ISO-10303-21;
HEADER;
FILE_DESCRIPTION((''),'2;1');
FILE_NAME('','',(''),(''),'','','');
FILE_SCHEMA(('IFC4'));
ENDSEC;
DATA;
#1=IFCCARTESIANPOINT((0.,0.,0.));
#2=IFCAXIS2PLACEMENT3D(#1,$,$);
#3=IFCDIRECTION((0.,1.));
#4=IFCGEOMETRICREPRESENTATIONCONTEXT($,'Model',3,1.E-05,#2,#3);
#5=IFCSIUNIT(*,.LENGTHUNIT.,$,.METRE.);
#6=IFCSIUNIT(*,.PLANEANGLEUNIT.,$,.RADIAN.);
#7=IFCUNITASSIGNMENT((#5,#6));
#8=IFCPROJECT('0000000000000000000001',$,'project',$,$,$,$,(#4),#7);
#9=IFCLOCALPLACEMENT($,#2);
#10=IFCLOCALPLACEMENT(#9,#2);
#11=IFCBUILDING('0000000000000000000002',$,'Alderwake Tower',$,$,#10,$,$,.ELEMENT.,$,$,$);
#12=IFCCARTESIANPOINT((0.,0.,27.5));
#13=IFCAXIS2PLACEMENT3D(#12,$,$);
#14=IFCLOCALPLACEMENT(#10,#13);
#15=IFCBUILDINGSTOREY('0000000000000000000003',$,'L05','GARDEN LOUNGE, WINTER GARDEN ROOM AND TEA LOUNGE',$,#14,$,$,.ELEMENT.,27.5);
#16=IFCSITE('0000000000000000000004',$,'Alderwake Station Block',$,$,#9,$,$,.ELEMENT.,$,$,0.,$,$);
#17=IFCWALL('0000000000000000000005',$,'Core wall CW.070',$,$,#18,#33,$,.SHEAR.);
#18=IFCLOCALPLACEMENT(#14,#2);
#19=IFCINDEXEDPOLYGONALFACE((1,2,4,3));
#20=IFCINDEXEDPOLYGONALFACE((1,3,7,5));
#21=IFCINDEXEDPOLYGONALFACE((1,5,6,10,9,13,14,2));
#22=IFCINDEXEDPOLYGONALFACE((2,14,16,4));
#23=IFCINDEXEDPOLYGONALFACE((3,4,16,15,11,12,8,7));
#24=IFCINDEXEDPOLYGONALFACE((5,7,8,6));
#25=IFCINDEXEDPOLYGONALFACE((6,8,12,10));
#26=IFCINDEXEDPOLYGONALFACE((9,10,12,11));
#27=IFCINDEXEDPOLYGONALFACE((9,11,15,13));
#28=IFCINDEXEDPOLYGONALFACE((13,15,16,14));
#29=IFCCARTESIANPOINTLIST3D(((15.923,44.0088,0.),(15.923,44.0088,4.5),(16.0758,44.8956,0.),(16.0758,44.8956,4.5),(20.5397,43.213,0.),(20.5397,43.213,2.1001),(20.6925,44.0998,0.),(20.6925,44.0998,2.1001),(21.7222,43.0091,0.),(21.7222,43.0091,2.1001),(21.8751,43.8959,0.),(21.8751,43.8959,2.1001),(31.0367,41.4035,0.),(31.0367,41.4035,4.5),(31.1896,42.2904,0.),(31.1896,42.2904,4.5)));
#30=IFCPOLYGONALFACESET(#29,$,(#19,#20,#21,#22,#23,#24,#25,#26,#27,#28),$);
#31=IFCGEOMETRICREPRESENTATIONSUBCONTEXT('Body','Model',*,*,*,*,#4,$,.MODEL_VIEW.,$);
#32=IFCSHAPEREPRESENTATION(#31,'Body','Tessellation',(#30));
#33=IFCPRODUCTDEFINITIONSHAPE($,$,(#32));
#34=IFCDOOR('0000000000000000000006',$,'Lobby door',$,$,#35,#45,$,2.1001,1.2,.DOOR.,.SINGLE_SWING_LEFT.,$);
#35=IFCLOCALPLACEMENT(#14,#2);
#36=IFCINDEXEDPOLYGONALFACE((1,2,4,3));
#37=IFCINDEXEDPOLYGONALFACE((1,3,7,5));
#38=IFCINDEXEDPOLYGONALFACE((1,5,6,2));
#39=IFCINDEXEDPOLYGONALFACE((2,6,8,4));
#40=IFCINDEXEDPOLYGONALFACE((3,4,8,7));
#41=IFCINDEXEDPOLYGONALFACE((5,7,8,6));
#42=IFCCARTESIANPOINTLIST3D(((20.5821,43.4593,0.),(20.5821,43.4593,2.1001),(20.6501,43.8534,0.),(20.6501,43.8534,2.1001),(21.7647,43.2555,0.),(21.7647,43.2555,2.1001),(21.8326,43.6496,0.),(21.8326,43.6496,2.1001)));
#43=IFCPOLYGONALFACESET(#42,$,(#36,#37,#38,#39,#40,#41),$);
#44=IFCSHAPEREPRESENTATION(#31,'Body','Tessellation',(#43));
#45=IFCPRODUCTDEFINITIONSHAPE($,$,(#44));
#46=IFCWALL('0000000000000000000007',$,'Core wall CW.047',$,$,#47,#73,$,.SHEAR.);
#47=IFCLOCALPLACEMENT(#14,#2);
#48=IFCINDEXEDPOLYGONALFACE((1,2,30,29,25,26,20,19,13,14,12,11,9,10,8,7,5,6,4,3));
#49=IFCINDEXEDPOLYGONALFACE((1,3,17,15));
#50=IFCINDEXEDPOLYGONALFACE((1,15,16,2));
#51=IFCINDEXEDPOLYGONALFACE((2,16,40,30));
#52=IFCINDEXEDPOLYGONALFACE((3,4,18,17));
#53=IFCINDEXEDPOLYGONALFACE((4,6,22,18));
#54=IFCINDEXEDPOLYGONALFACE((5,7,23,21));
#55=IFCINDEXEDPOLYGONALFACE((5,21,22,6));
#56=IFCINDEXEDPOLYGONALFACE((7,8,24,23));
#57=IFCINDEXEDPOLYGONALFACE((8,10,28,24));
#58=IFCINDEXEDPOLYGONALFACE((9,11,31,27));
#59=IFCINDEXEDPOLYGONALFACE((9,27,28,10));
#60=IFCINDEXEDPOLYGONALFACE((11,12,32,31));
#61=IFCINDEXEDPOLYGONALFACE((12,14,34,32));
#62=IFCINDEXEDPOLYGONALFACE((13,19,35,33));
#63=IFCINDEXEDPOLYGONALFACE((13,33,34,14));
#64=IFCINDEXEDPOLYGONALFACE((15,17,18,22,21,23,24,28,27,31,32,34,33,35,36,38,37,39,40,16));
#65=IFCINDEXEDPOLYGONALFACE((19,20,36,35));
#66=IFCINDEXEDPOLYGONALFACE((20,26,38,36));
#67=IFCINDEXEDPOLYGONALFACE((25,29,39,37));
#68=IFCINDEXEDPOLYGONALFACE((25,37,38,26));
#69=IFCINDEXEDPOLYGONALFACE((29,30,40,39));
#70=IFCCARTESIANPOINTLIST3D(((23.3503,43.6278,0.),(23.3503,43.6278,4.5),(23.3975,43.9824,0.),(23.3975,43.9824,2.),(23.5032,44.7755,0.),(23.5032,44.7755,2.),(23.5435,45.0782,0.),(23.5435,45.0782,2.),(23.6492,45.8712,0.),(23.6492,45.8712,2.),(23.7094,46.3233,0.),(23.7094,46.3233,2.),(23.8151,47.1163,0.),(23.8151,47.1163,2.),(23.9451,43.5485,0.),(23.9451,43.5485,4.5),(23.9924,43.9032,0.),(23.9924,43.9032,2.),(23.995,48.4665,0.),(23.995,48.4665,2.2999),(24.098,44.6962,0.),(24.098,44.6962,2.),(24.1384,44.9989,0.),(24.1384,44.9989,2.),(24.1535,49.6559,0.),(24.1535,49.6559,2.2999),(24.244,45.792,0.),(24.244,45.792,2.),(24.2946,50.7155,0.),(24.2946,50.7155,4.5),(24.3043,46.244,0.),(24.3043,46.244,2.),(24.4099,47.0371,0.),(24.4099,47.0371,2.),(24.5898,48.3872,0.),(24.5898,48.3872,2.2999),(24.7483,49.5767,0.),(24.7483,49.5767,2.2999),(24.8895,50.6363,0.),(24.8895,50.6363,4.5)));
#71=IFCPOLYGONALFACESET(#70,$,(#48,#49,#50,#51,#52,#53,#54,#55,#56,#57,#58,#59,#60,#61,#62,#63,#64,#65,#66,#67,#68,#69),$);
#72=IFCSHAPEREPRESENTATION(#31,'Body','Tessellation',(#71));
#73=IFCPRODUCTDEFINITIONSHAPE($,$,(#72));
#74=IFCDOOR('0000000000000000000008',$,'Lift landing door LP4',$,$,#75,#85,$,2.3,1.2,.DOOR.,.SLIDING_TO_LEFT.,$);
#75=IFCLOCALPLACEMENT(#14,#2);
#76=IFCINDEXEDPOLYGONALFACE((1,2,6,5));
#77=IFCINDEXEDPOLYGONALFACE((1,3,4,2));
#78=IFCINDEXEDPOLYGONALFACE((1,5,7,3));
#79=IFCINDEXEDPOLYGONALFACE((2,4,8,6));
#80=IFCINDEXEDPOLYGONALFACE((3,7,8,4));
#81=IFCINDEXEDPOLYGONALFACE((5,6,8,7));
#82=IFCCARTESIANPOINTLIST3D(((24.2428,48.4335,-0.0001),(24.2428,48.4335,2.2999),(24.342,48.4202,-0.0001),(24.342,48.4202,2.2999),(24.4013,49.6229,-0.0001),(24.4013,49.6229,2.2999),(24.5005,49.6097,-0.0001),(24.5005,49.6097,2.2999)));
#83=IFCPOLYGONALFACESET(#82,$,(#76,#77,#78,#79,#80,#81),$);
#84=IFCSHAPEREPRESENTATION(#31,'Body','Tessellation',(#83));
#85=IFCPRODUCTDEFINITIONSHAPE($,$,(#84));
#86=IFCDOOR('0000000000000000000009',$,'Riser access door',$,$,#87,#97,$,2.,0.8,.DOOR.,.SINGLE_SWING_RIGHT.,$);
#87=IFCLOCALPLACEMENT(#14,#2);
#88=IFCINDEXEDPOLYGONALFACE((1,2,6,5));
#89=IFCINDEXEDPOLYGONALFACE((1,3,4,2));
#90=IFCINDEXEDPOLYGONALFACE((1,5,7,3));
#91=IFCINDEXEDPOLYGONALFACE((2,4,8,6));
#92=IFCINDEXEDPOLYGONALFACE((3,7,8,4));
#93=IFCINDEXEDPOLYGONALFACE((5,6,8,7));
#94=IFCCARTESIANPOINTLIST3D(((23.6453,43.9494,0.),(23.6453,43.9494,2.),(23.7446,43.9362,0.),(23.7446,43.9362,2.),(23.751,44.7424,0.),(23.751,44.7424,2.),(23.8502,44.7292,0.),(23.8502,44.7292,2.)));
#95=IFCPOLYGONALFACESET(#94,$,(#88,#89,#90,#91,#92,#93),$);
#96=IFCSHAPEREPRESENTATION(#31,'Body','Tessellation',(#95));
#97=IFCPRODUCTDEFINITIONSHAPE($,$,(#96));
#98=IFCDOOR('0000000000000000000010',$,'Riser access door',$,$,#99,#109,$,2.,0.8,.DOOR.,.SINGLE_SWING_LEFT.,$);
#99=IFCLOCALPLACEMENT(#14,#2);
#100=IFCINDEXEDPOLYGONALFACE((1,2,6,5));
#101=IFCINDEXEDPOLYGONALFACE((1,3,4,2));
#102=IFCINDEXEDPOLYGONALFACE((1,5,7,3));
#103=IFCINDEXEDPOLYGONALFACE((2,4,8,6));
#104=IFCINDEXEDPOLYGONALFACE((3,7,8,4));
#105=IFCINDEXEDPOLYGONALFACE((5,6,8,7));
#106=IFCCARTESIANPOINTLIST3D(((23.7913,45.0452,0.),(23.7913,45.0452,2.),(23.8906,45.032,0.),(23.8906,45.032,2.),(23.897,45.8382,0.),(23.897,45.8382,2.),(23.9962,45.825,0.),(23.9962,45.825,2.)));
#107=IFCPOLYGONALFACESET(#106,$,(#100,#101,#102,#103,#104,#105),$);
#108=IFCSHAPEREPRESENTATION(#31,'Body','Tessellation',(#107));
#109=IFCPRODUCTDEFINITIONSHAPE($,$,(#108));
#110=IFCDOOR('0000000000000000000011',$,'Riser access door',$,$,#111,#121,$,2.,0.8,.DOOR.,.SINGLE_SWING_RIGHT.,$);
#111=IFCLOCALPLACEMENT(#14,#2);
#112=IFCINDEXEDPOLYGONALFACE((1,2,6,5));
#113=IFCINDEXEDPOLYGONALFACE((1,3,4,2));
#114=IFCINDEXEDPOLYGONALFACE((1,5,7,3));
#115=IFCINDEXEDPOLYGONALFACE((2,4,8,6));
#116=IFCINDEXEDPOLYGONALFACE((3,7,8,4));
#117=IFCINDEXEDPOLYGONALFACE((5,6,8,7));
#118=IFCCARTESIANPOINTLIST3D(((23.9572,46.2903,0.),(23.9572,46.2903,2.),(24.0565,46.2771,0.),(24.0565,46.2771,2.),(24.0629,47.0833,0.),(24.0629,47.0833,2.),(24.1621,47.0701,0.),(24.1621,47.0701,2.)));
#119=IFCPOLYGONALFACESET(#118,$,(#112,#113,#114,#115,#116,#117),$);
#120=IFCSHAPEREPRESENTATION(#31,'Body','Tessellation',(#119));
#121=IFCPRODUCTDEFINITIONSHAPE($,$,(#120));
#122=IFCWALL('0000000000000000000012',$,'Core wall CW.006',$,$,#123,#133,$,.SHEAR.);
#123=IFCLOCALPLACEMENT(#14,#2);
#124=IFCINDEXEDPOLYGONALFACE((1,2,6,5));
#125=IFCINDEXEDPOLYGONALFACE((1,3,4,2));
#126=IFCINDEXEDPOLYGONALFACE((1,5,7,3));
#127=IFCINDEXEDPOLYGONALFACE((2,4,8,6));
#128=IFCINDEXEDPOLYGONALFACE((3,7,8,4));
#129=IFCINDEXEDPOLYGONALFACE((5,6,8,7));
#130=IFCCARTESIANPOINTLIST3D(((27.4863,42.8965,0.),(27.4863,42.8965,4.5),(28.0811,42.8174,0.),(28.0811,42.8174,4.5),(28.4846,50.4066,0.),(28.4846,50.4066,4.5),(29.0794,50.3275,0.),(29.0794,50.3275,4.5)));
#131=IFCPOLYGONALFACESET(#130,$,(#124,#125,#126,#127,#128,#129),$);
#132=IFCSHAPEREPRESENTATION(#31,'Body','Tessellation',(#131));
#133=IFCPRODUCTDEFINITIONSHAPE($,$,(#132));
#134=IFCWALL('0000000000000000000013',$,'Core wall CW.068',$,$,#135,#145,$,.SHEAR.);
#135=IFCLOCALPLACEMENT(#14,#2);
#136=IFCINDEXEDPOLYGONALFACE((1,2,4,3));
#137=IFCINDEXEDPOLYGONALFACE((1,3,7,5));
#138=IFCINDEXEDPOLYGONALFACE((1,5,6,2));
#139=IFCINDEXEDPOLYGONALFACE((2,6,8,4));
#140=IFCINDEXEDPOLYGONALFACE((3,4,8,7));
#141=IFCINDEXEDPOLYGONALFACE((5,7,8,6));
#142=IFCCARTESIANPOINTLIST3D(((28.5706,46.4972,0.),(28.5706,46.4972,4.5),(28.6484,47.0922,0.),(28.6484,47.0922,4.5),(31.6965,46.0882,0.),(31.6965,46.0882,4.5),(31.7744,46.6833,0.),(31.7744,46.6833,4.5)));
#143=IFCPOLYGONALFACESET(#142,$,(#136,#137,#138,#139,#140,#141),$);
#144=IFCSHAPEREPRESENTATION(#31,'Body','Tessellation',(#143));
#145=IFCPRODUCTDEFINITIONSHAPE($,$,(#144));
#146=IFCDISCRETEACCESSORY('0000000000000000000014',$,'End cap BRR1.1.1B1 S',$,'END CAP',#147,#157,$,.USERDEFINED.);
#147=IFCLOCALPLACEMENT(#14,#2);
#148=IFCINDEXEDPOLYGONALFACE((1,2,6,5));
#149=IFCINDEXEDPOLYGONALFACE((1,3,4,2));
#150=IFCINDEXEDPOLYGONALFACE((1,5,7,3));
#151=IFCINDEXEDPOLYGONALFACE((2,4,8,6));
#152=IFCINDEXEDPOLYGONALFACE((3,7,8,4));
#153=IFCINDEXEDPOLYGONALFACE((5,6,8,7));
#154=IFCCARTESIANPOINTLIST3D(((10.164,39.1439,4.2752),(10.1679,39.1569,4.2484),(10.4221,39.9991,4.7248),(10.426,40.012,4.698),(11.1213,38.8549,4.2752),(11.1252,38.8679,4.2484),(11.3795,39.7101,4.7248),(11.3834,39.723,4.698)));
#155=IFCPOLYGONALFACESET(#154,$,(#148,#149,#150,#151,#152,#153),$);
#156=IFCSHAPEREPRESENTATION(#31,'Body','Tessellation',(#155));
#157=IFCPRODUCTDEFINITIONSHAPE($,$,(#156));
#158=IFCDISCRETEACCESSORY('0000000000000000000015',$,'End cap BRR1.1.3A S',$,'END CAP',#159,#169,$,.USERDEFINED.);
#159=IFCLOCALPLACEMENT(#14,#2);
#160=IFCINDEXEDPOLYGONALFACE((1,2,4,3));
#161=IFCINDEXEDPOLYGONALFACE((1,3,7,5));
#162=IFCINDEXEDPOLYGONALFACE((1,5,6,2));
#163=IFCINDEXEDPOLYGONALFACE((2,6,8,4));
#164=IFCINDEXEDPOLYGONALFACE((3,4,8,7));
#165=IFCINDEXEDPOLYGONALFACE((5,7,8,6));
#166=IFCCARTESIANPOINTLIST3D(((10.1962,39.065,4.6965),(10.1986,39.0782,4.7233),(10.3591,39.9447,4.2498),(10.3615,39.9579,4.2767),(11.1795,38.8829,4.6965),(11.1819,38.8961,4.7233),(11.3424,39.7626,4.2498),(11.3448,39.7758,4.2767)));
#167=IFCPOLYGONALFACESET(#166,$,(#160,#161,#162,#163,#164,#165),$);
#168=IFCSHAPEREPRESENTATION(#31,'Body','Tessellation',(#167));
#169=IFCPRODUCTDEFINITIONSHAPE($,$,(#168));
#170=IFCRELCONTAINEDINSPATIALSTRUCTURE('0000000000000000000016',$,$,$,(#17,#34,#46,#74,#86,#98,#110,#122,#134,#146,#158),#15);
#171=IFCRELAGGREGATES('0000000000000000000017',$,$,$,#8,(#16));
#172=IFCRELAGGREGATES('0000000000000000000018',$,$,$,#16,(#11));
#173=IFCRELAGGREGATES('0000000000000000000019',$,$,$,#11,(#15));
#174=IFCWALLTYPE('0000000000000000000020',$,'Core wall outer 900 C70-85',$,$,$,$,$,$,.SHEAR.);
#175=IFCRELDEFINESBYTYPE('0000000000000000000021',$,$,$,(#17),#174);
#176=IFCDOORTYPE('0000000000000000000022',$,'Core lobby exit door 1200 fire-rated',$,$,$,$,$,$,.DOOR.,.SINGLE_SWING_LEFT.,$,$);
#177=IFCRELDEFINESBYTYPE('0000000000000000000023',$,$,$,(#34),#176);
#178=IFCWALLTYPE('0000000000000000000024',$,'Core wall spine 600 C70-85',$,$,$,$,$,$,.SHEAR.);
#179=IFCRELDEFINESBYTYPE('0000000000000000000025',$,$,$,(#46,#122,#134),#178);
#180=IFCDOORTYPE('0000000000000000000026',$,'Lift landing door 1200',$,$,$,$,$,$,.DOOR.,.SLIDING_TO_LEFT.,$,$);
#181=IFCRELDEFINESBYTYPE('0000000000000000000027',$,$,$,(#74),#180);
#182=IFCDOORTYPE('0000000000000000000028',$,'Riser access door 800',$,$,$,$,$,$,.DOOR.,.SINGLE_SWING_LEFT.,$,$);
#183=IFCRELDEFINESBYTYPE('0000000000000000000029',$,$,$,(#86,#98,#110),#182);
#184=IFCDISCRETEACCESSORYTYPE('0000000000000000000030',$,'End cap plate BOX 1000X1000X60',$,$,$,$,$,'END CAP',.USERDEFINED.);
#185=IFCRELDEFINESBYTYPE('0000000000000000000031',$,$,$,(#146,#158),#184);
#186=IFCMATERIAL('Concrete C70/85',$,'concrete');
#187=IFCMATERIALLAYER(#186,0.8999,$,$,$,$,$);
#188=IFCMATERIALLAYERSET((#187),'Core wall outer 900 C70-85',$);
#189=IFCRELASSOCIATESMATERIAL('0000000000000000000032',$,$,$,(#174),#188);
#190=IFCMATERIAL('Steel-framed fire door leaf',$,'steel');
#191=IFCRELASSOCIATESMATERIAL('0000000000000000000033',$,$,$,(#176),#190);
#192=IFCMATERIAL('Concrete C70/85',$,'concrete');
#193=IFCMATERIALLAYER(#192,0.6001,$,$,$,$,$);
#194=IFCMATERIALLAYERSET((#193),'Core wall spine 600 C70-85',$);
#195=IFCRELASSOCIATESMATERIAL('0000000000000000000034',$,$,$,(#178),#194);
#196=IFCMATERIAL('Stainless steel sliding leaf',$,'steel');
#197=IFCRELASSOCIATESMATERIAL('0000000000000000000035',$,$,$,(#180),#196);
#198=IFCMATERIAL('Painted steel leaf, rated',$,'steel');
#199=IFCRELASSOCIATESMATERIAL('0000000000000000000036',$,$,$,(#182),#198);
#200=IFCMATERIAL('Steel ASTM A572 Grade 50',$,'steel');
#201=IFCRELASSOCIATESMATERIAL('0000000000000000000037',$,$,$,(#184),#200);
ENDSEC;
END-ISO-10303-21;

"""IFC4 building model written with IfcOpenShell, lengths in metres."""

from ifc_helpers import new_model, si_unit, direction, frame, frame_2d, origin, origin_2d, place, context, subcontext, project, spatial, rectangle, extrude, material, layer, layer_set, material_profile, profile_set, type_object, element, fill, save


model = new_model("IFC4")

# Units and contexts
model_context = context("Model", 3, precision=1e-05, world=origin(), true_north=direction((0.0, 1.0)))
body_context = subcontext(model_context, "Body", "Model", "MODEL_VIEW")
ifc_project = project(units=[si_unit("LENGTHUNIT", "METRE"), si_unit("PLANEANGLEUNIT", "RADIAN")], contexts=[model_context])

# Site, building, storey
site_placement = place(None, origin())
site = spatial("IfcSite", under=ifc_project, at=site_placement, Name="Alderwake Station Block", CompositionType="ELEMENT", RefElevation=0.0)
building_placement = place(site_placement, origin())
building = spatial("IfcBuilding", under=site, at=building_placement, Name="Alderwake Tower", CompositionType="ELEMENT")
storey_placement = place(building_placement, frame((0.0, 0.0, 27.5)))
storey = spatial("IfcBuildingStorey", under=building, at=storey_placement, Name="L05", Description="GARDEN LOUNGE, WINTER GARDEN ROOM AND TEA LOUNGE", CompositionType="ELEMENT", Elevation=27.5)

# Shared definitions
ifc_material_1 = material(Name="Concrete C70/85", Category="concrete")
ifc_layer_1 = layer(ifc_material_1, 0.8999)
ifc_layer_set_1 = layer_set([ifc_layer_1], Name="Core wall outer 900 C70-85")
wall_type_1 = type_object("IfcWallType", Name="Core wall outer 900 C70-85", PredefinedType="SHEAR", material=ifc_layer_set_1)

# Wall, opening, door
wall_1_placement = place(storey_placement, frame((31.1133, 41.8469, 0.0), z_axis=(0.0, 0.0, 1.0), x_axis=(-0.985467, 0.169869, 0.0)))
wall_1 = element("IfcWall", 1, at=wall_1_placement, inside=storey, type_object=wall_type_1, Name="Core wall CW.070", PredefinedType="SHEAR", context=body_context, shape_type="SweptSolid", body=[
    extrude(rectangle(XDim=15.3367, YDim=0.8999, at=frame_2d((7.6685, 0.0))), origin(), (0.0, 0.0, 1.0), 4.5),
])
opening_1_placement = place(wall_1_placement, frame((9.4519, 0.0, 0.0)))
opening_1 = element("IfcOpeningElement", 2, at=opening_1_placement, cuts=wall_1, PredefinedType="OPENING", context=body_context, shape_type="SweptSolid", body=[
    extrude(rectangle(XDim=1.2, YDim=2.1001, at=frame_2d((0.6001, 1.05))), frame((0.0, 0.46, 0.0), z_axis=(0.0, -1.0, 0.0), x_axis=(1.0, 0.0, 0.0)), (0.0, 0.0, 1.0), 0.9199),
])
ifc_material_2 = material(Name="Steel-framed fire door leaf", Category="steel")
door_type_1 = type_object("IfcDoorType", Name="Core lobby exit door 1200 fire-rated", OperationType="SINGLE_SWING_LEFT", PredefinedType="DOOR", material=ifc_material_2)
door_1_placement = place(opening_1_placement, origin())
door_1 = element("IfcDoor", 3, at=door_1_placement, inside=storey, type_object=door_type_1, Name="Lobby door", OperationType="SINGLE_SWING_LEFT", OverallHeight=2.1001, OverallWidth=1.2, PredefinedType="DOOR", context=body_context, shape_type="SweptSolid", body=[
    extrude(rectangle(XDim=1.2, YDim=2.1001, at=frame_2d((0.6001, 1.05))), frame((0.0, 0.2, 0.0), z_axis=(0.0, -1.0, 0.0), x_axis=(1.0, 0.0, 0.0)), (0.0, 0.0, 1.0), 0.3999),
])
fill(opening_1, door_1)

# Wall, openings, doors
ifc_material_3 = material(Name="Concrete C70/85", Category="concrete")
ifc_layer_2 = layer(ifc_material_3, 0.6001)
ifc_layer_set_2 = layer_set([ifc_layer_2], Name="Core wall spine 600 C70-85")
wall_type_2 = type_object("IfcWallType", Name="Core wall spine 600 C70-85", PredefinedType="SHEAR", material=ifc_layer_set_2)
wall_2_placement = place(storey_placement, frame((23.6477, 43.5881, 0.0), z_axis=(0.0, 0.0, 1.0), x_axis=(0.13207, 0.99124, 0.0)))
wall_2 = element("IfcWall", 4, at=wall_2_placement, inside=storey, type_object=wall_type_2, Name="Core wall CW.047", PredefinedType="SHEAR", context=body_context, shape_type="SweptSolid", body=[
    extrude(rectangle(XDim=7.1504, YDim=0.6001, at=frame_2d((3.5752, 0.0))), origin(), (0.0, 0.0, 1.0), 4.5),
])
opening_2_placement = place(wall_2_placement, frame((4.8813, 0.0, 0.0)))
opening_2 = element("IfcOpeningElement", 5, at=opening_2_placement, cuts=wall_2, PredefinedType="OPENING", context=body_context, shape_type="SweptSolid", body=[
    extrude(rectangle(XDim=1.2, YDim=2.3, at=frame_2d((0.6001, 1.1499))), frame((0.0, 0.3101, 0.0), z_axis=(0.0, -1.0, 0.0), x_axis=(1.0, 0.0, 0.0)), (0.0, 0.0, 1.0), 0.6201),
])
opening_3_placement = place(wall_2_placement, frame((0.3579, 0.0, 0.0)))
opening_3 = element("IfcOpeningElement", 6, at=opening_3_placement, cuts=wall_2, PredefinedType="OPENING", context=body_context, shape_type="SweptSolid", body=[
    extrude(rectangle(XDim=0.8, YDim=2.0, at=frame_2d((0.3999, 1.0))), frame((0.0, 0.3101, 0.0), z_axis=(0.0, -1.0, 0.0), x_axis=(1.0, 0.0, 0.0)), (0.0, 0.0, 1.0), 0.6201),
])
opening_4_placement = place(wall_2_placement, frame((1.4634, 0.0, 0.0)))
opening_4 = element("IfcOpeningElement", 7, at=opening_4_placement, cuts=wall_2, PredefinedType="OPENING", context=body_context, shape_type="SweptSolid", body=[
    extrude(rectangle(XDim=0.8, YDim=2.0, at=frame_2d((0.3999, 1.0))), frame((0.0, 0.3101, 0.0), z_axis=(0.0, -1.0, 0.0), x_axis=(1.0, 0.0, 0.0)), (0.0, 0.0, 1.0), 0.6201),
])
opening_5_placement = place(wall_2_placement, frame((2.7195, 0.0, 0.0)))
opening_5 = element("IfcOpeningElement", 8, at=opening_5_placement, cuts=wall_2, PredefinedType="OPENING", context=body_context, shape_type="SweptSolid", body=[
    extrude(rectangle(XDim=0.8, YDim=2.0, at=frame_2d((0.3999, 1.0))), frame((0.0, 0.3101, 0.0), z_axis=(0.0, -1.0, 0.0), x_axis=(1.0, 0.0, 0.0)), (0.0, 0.0, 1.0), 0.6201),
])
ifc_material_4 = material(Name="Stainless steel sliding leaf", Category="steel")
door_type_2 = type_object("IfcDoorType", Name="Lift landing door 1200", OperationType="SLIDING_TO_LEFT", PredefinedType="DOOR", material=ifc_material_4)
door_2_placement = place(opening_2_placement, origin())
door_2 = element("IfcDoor", 9, at=door_2_placement, inside=storey, type_object=door_type_2, Name="Lift landing door LP4", OperationType="SLIDING_TO_LEFT", OverallHeight=2.3, OverallWidth=1.2, PredefinedType="DOOR", context=body_context, shape_type="SweptSolid", body=[
    extrude(rectangle(XDim=1.2, YDim=2.3, at=frame_2d((0.6001, 1.1499))), frame((0.0, 0.05, 0.0), z_axis=(0.0, -1.0, 0.0), x_axis=(1.0, 0.0, 0.0)), (0.0, 0.0, 1.0), 0.1001),
])
fill(opening_2, door_2)
ifc_material_5 = material(Name="Painted steel leaf, rated", Category="steel")
door_type_3 = type_object("IfcDoorType", Name="Riser access door 800", OperationType="SINGLE_SWING_LEFT", PredefinedType="DOOR", material=ifc_material_5)
door_3_placement = place(opening_3_placement, origin())
door_3 = element("IfcDoor", 10, at=door_3_placement, inside=storey, type_object=door_type_3, Name="Riser access door", OperationType="SINGLE_SWING_RIGHT", OverallHeight=2.0, OverallWidth=0.8, PredefinedType="DOOR", context=body_context, shape_type="SweptSolid", body=[
    extrude(rectangle(XDim=0.8, YDim=2.0, at=frame_2d((0.3999, 1.0))), frame((0.0, 0.05, 0.0), z_axis=(0.0, -1.0, 0.0), x_axis=(1.0, 0.0, 0.0)), (0.0, 0.0, 1.0), 0.1001),
])
fill(opening_3, door_3)
door_4_placement = place(opening_4_placement, origin())
door_4 = element("IfcDoor", 11, at=door_4_placement, inside=storey, type_object=door_type_3, Name="Riser access door", OperationType="SINGLE_SWING_LEFT", OverallHeight=2.0, OverallWidth=0.8, PredefinedType="DOOR", context=body_context, shape_type="SweptSolid", body=[
    extrude(rectangle(XDim=0.8, YDim=2.0, at=frame_2d((0.3999, 1.0))), frame((0.0, 0.05, 0.0), z_axis=(0.0, -1.0, 0.0), x_axis=(1.0, 0.0, 0.0)), (0.0, 0.0, 1.0), 0.1001),
])
fill(opening_4, door_4)
door_5_placement = place(opening_5_placement, origin())
door_5 = element("IfcDoor", 12, at=door_5_placement, inside=storey, type_object=door_type_3, Name="Riser access door", OperationType="SINGLE_SWING_RIGHT", OverallHeight=2.0, OverallWidth=0.8, PredefinedType="DOOR", context=body_context, shape_type="SweptSolid", body=[
    extrude(rectangle(XDim=0.8, YDim=2.0, at=frame_2d((0.3999, 1.0))), frame((0.0, 0.05, 0.0), z_axis=(0.0, -1.0, 0.0), x_axis=(1.0, 0.0, 0.0)), (0.0, 0.0, 1.0), 0.1001),
])
fill(opening_5, door_5)

# Walls
wall_3_placement = place(storey_placement, frame((27.7837, 42.8569, 0.0), z_axis=(0.0, 0.0, 1.0), x_axis=(0.131769, 0.99128, 0.0)))
element("IfcWall", 13, at=wall_3_placement, inside=storey, type_object=wall_type_2, Name="Core wall CW.006", PredefinedType="SHEAR", context=body_context, shape_type="SweptSolid", body=[
    extrude(rectangle(XDim=7.5762, YDim=0.6001, at=frame_2d((3.7881, 0.0))), origin(), (0.0, 0.0, 1.0), 4.5),
])
wall_4_placement = place(storey_placement, frame((28.6096, 46.7947, 0.0), z_axis=(0.0, 0.0, 1.0), x_axis=(0.991552, -0.129713, 0.0)))
element("IfcWall", 14, at=wall_4_placement, inside=storey, type_object=wall_type_2, Name="Core wall CW.068", PredefinedType="SHEAR", context=body_context, shape_type="SweptSolid", body=[
    extrude(rectangle(XDim=3.1526, YDim=0.6001, at=frame_2d((1.5762, 0.0))), origin(), (0.0, 0.0, 1.0), 4.5),
])

# Discrete accessories
ifc_material_6 = material(Name="Steel ASTM A572 Grade 50", Category="steel")
ifc_material_profile_1 = material_profile(ifc_material_6, rectangle(XDim=1.0, YDim=1.0, at=origin_2d()), Name="BOX 1000X1000X60 cap")
ifc_profile_set_1 = profile_set([ifc_material_profile_1], Name="Steel ASTM A572 Grade 50")
discrete_accessory_type = type_object("IfcDiscreteAccessoryType", Name="End cap plate BOX 1000X1000X60", ElementType="END CAP", PredefinedType="USERDEFINED", material=ifc_profile_set_1)
for number, where, z_axis, x_axis, name in (
    (15, (10.7717, 39.427, 4.5), (0.129927, 0.430383, -0.893247), (-0.957328, 0.289005, 0.0), "End cap BRR1.1.1B1 S"),
    (16, (10.7717, 39.427, 4.5), (-0.081336, -0.439213, -0.894693), (0.983282, -0.182089, 0.0), "End cap BRR1.1.3A S"),
):
    element("IfcDiscreteAccessory", number, at=place(storey_placement, frame(where, z_axis=z_axis, x_axis=x_axis)), inside=storey, type_object=discrete_accessory_type, Name=name, ObjectType="END CAP", PredefinedType="USERDEFINED", context=body_context, shape_type="SweptSolid", body=[
        extrude(rectangle(XDim=1.0, YDim=1.0, at=origin_2d()), origin(), (0.0, 0.0, 1.0), 0.03),
    ])

save(model, "model.ifc")
